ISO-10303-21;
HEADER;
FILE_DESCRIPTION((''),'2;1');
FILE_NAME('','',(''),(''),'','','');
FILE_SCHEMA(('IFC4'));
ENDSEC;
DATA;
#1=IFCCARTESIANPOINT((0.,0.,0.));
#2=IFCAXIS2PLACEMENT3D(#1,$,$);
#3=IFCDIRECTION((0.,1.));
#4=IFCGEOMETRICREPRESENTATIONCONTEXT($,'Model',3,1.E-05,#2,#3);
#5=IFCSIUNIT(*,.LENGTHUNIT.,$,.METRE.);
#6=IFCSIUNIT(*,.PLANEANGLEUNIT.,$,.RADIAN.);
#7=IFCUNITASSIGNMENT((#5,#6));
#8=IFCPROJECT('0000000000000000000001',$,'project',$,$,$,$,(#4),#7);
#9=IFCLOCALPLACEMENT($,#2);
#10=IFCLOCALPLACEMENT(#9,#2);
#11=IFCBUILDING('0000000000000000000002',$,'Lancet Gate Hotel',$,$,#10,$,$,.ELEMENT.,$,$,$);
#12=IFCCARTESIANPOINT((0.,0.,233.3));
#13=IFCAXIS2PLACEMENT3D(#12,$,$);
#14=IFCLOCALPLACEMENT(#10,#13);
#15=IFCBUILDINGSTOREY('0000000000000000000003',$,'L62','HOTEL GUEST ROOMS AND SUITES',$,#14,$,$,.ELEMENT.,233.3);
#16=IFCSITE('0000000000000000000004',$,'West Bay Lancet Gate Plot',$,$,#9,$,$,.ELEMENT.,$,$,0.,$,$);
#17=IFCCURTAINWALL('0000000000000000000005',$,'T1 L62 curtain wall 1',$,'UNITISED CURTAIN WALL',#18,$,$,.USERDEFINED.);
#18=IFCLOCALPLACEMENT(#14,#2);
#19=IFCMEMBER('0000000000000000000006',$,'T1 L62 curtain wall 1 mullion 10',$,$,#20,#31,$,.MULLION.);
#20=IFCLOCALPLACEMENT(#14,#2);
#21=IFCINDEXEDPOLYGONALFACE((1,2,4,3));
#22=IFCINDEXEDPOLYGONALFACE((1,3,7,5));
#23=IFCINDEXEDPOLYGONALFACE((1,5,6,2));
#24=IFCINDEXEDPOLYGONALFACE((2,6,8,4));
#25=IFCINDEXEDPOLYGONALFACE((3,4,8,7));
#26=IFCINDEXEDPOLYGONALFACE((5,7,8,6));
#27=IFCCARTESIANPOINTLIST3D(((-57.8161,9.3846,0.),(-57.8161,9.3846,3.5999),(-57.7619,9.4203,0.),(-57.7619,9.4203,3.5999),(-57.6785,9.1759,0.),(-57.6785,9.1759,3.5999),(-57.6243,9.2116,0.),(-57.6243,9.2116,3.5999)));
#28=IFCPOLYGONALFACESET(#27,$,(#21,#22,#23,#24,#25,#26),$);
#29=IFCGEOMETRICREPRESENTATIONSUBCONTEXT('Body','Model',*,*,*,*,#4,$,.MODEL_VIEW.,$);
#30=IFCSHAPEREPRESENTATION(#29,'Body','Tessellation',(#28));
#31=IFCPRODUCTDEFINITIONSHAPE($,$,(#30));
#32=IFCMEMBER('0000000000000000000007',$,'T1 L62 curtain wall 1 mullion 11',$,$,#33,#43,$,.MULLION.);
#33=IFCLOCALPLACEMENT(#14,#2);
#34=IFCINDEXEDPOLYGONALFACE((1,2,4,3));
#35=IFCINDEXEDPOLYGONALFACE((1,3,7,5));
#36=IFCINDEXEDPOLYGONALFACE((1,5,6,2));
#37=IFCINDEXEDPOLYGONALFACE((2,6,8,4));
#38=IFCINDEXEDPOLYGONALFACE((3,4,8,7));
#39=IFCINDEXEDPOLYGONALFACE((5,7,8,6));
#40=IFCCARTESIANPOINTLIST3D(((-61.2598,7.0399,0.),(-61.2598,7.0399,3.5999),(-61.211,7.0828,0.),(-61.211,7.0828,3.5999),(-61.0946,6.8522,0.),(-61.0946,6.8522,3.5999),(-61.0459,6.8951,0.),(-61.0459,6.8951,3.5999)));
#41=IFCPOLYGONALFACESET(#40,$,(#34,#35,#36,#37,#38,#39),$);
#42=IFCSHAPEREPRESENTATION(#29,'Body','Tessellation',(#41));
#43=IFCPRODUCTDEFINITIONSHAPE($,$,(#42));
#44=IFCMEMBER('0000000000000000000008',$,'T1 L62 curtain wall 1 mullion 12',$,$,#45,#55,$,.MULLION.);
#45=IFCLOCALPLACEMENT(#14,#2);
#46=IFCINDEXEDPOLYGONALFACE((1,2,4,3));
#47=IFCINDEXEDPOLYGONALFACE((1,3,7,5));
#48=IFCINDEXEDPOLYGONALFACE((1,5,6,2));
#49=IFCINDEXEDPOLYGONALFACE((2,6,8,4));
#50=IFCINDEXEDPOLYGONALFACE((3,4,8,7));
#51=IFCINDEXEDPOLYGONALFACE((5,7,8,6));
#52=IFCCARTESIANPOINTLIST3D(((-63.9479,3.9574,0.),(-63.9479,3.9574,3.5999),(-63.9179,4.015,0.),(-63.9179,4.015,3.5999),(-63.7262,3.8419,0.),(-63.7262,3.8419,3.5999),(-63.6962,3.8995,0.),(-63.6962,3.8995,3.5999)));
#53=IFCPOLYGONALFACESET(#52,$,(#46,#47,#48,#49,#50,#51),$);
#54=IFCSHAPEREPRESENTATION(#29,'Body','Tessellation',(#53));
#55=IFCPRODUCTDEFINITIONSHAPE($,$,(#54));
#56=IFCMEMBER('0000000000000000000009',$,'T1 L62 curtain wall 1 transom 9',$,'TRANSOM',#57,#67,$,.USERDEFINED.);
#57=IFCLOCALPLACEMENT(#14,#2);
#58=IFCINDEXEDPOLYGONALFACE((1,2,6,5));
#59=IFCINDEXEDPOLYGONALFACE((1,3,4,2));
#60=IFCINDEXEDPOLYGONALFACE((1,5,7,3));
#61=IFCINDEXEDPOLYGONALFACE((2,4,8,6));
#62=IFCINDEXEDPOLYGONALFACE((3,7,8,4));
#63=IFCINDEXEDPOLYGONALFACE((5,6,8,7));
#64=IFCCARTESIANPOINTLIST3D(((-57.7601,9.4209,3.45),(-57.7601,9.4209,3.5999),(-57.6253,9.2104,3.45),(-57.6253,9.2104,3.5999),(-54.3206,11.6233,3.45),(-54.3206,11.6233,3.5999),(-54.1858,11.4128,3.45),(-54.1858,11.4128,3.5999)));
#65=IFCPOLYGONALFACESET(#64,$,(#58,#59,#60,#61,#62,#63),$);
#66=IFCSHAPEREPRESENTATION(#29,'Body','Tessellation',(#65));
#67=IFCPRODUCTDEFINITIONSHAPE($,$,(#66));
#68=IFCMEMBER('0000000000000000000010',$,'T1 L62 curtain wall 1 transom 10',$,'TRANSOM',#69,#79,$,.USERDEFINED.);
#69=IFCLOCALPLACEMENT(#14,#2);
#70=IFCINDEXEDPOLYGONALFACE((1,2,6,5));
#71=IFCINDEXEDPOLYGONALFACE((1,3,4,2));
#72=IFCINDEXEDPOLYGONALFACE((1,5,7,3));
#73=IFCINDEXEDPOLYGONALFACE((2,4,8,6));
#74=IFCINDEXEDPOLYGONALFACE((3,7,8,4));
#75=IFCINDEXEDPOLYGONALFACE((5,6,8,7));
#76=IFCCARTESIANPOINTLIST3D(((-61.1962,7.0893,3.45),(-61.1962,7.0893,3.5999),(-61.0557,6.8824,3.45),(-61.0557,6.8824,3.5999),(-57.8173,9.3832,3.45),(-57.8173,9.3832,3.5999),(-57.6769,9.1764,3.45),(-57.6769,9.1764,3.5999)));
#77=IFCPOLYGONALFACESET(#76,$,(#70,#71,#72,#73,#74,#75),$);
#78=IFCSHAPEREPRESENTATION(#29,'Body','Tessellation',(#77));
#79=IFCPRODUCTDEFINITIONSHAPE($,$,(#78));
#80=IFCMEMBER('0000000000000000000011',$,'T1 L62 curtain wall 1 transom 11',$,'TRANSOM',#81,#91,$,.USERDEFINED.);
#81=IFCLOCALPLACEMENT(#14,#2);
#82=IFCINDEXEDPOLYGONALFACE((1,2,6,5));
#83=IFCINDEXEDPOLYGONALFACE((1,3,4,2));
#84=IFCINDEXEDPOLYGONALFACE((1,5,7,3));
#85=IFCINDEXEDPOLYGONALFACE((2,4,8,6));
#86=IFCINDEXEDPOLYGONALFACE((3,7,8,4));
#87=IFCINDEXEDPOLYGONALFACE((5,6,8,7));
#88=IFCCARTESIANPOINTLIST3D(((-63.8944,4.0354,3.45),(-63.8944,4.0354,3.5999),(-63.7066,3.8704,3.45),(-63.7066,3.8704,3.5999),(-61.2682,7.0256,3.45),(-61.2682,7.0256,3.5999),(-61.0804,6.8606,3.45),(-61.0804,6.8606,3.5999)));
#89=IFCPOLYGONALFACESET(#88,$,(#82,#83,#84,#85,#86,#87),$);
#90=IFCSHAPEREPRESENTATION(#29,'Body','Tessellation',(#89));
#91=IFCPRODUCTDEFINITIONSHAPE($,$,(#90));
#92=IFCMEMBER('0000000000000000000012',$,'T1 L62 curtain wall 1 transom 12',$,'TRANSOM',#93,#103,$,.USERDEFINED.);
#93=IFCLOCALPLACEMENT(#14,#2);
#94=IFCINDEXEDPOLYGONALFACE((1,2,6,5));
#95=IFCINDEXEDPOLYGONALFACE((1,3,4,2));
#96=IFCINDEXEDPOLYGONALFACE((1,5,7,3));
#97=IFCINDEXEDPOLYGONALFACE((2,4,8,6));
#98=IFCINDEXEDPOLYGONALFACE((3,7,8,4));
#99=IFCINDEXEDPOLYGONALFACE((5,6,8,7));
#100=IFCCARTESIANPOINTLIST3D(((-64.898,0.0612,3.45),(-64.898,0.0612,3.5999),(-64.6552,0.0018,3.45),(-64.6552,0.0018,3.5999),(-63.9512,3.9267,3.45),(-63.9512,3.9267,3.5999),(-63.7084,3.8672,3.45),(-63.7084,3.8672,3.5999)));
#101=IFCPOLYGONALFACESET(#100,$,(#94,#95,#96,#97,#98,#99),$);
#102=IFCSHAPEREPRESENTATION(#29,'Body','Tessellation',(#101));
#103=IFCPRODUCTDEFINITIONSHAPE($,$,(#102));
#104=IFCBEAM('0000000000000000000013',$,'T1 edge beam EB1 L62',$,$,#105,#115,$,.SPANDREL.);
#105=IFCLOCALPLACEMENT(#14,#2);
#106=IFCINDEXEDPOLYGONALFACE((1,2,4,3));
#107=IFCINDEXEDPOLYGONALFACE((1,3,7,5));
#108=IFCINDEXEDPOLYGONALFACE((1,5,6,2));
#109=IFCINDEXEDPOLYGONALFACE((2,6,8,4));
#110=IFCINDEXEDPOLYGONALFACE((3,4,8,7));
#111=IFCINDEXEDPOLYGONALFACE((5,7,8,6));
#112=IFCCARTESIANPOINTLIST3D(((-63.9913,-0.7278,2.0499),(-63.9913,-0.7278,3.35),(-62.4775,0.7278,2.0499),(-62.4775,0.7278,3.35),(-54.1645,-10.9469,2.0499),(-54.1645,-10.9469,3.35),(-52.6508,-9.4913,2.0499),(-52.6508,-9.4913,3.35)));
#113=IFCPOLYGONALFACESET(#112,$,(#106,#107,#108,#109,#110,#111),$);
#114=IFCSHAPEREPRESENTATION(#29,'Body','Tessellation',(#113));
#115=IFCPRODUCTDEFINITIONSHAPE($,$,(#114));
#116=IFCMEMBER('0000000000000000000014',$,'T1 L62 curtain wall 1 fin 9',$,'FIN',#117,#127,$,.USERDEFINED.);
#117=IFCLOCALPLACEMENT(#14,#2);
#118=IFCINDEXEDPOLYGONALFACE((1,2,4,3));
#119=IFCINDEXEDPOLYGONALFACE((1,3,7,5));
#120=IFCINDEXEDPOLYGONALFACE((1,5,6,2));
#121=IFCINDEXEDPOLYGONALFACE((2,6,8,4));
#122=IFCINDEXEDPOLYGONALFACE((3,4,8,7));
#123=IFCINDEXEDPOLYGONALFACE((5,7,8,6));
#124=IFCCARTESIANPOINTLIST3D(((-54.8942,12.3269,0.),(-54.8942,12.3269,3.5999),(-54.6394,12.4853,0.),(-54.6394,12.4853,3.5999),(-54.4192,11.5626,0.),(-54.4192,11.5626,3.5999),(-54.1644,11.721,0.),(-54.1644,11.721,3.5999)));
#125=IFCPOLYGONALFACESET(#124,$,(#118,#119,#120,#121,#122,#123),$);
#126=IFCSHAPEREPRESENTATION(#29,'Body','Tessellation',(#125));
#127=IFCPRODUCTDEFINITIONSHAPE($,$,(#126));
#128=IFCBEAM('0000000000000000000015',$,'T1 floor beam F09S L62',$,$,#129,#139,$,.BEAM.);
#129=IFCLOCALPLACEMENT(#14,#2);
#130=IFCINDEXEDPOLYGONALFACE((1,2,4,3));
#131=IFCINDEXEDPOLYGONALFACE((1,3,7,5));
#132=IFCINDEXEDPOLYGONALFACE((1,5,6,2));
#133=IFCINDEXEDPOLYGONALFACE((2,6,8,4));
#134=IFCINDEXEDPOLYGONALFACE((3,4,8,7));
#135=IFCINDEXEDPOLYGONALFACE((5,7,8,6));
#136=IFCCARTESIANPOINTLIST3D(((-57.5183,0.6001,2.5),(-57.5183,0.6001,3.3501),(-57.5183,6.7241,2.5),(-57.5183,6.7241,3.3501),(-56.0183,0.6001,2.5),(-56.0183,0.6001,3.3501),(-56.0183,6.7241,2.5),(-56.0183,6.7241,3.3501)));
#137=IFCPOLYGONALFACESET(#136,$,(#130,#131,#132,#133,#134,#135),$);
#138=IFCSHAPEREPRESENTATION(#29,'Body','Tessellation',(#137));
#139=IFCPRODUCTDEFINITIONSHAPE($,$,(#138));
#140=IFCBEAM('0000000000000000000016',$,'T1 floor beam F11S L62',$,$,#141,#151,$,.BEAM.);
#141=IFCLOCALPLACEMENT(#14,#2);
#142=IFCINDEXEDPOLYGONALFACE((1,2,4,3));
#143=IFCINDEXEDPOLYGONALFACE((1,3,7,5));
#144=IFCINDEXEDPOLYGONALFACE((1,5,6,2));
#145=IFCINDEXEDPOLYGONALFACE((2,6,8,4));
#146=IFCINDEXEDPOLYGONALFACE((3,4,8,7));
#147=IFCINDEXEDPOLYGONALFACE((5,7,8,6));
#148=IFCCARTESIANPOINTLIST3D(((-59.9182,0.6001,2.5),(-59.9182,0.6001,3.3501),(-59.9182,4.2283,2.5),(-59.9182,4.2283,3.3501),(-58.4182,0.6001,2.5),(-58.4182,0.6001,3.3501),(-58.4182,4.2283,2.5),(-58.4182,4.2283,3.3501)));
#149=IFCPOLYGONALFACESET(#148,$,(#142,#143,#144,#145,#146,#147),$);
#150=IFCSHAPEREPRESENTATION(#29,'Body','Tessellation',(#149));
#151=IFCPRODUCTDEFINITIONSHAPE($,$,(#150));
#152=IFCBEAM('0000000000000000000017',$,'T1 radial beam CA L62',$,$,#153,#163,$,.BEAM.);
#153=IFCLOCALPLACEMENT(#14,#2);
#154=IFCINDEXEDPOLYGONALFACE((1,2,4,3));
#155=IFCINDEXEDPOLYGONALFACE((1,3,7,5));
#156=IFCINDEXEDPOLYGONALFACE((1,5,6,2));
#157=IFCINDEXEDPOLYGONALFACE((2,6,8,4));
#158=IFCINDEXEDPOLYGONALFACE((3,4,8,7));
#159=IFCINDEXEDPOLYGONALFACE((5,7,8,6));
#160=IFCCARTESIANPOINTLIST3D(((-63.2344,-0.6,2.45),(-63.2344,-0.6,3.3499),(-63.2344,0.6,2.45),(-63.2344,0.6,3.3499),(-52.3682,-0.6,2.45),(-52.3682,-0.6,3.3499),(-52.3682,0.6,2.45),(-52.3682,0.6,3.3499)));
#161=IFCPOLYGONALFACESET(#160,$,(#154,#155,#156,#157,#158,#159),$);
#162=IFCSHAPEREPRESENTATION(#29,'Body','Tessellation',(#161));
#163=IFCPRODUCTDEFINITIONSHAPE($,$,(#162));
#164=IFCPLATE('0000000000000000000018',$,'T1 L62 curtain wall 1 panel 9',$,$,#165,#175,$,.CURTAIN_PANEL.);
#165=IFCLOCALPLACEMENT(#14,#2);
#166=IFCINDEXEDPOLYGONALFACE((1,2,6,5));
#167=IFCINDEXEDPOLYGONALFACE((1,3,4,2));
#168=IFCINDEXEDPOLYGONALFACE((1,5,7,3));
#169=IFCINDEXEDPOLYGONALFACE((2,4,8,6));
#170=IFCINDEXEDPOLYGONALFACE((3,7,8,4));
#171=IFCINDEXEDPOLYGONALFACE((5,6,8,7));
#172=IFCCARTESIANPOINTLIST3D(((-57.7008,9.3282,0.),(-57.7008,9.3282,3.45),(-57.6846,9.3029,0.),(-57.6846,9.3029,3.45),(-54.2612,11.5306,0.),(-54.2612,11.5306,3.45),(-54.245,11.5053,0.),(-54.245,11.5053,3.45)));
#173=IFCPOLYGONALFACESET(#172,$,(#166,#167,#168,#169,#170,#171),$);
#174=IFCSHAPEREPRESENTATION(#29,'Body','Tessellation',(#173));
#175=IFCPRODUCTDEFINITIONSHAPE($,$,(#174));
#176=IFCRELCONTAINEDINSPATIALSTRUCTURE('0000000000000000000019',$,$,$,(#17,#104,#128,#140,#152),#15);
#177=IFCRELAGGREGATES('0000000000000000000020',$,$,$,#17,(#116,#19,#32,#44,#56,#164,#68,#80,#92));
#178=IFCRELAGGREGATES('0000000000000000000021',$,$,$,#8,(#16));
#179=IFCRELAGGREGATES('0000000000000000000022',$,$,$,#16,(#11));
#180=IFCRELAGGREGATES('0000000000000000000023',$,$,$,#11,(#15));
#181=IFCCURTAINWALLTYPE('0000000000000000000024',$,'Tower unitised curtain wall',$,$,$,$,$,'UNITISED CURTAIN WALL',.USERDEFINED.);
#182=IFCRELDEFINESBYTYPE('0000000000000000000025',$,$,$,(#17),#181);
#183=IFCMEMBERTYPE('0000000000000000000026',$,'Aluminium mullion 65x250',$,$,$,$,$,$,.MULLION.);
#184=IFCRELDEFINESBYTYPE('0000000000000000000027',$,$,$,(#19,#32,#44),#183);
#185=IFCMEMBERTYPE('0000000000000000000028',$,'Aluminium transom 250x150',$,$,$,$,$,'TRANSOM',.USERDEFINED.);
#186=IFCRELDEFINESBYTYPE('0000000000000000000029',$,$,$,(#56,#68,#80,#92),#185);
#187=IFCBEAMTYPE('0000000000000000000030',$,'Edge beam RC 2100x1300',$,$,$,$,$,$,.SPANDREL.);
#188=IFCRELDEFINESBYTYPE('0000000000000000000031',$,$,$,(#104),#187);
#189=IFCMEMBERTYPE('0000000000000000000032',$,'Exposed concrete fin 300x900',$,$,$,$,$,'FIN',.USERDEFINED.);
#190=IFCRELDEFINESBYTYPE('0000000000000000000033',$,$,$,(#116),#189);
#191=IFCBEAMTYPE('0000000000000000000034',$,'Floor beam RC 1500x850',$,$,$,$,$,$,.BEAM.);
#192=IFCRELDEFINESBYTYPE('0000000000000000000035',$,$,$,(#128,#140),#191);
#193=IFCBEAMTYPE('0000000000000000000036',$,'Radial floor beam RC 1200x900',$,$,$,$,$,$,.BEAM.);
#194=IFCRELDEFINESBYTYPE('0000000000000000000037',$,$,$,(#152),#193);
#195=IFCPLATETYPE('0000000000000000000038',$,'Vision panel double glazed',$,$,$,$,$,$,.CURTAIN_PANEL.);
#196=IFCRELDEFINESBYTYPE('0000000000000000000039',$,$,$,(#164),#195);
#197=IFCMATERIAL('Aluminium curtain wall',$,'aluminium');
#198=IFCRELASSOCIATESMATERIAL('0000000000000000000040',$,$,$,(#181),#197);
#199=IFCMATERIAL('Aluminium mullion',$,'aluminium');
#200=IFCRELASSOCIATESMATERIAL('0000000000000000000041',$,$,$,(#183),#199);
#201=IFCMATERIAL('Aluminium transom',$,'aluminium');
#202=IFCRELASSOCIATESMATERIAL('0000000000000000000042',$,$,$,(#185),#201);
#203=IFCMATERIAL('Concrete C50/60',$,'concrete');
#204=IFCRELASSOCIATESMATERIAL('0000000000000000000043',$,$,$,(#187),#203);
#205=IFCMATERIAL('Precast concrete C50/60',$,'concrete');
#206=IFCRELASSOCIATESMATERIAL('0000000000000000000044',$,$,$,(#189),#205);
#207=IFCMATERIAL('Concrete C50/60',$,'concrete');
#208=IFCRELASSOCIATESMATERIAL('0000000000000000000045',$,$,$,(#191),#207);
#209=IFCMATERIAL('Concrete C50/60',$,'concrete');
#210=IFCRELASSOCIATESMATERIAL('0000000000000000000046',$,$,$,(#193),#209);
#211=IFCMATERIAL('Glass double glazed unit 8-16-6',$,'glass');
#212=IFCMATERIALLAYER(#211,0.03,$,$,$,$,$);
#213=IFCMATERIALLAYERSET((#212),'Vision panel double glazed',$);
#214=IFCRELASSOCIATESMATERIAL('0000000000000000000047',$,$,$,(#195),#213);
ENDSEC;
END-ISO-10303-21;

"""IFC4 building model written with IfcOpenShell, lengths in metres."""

from ifc_helpers import new_model, si_unit, direction, frame, origin, origin_2d, place, context, subcontext, project, spatial, rectangle, extrude, material, layer, layer_set, material_profile, profile_set, type_object, element, aggregate, save


model = new_model("IFC4")

# Units and contexts
model_context = context("Model", 3, precision=1e-05, world=origin(), true_north=direction((0.0, 1.0)))
body_context = subcontext(model_context, "Body", "Model", "MODEL_VIEW")
ifc_project = project(units=[si_unit("LENGTHUNIT", "METRE"), si_unit("PLANEANGLEUNIT", "RADIAN")], contexts=[model_context])

# Site, building, storey
site_placement = place(None, origin())
site = spatial("IfcSite", under=ifc_project, at=site_placement, Name="West Bay Lancet Gate Plot", CompositionType="ELEMENT", RefElevation=0.0)
building_placement = place(site_placement, origin())
building = spatial("IfcBuilding", under=site, at=building_placement, Name="Lancet Gate Hotel", CompositionType="ELEMENT")
storey_placement = place(building_placement, frame((0.0, 0.0, 233.3)))
storey = spatial("IfcBuildingStorey", under=building, at=storey_placement, Name="L62", Description="HOTEL GUEST ROOMS AND SUITES", CompositionType="ELEMENT", Elevation=233.3)

# Curtain wall, members
ifc_material_1 = material(Name="Aluminium curtain wall", Category="aluminium")
curtain_wall_type = type_object("IfcCurtainWallType", Name="Tower unitised curtain wall", ElementType="UNITISED CURTAIN WALL", PredefinedType="USERDEFINED", material=ifc_material_1)
curtain_wall_placement = place(storey_placement, origin())
curtain_wall = element("IfcCurtainWall", 1, at=curtain_wall_placement, inside=storey, type_object=curtain_wall_type, Name="T1 L62 curtain wall 1", ObjectType="UNITISED CURTAIN WALL", PredefinedType="USERDEFINED")
ifc_material_2 = material(Name="Aluminium mullion", Category="aluminium")
ifc_material_profile_1 = material_profile(ifc_material_2, rectangle(XDim=0.0649, YDim=0.25, at=origin_2d()), Name="MULLION 65x250")
ifc_profile_set_1 = profile_set([ifc_material_profile_1], Name="Aluminium mullion")
member_type_1 = type_object("IfcMemberType", Name="Aluminium mullion 65x250", PredefinedType="MULLION", material=ifc_profile_set_1)
member_1_placement = place(storey_placement, frame((-57.7202, 9.2981, 0.0), z_axis=(0.0, 0.0, 1.0), x_axis=(-0.834827, -0.550512, 0.0)))
member_1 = element("IfcMember", 2, at=member_1_placement, type_object=member_type_1, Name="T1 L62 curtain wall 1 mullion 10", PredefinedType="MULLION", context=body_context, shape_type="SweptSolid", body=[
    extrude(rectangle(XDim=0.0649, YDim=0.25, at=origin_2d()), origin(), (0.0, 0.0, 1.0), 3.5999),
])
member_2_placement = place(storey_placement, frame((-61.1528, 6.9675, 0.0), z_axis=(0.0, 0.0, 1.0), x_axis=(-0.750716, -0.660626, 0.0)))
member_2 = element("IfcMember", 3, at=member_2_placement, type_object=member_type_1, Name="T1 L62 curtain wall 1 mullion 11", PredefinedType="MULLION", context=body_context, shape_type="SweptSolid", body=[
    extrude(rectangle(XDim=0.0649, YDim=0.25, at=origin_2d()), origin(), (0.0, 0.0, 1.0), 3.5999),
])
member_3_placement = place(storey_placement, frame((-63.822, 3.9285, 0.0), z_axis=(0.0, 0.0, 1.0), x_axis=(-0.462178, -0.886787, 0.0)))
member_3 = element("IfcMember", 4, at=member_3_placement, type_object=member_type_1, Name="T1 L62 curtain wall 1 mullion 12", PredefinedType="MULLION", context=body_context, shape_type="SweptSolid", body=[
    extrude(rectangle(XDim=0.0649, YDim=0.25, at=origin_2d()), origin(), (0.0, 0.0, 1.0), 3.5999),
])
ifc_material_3 = material(Name="Aluminium transom", Category="aluminium")
ifc_material_profile_2 = material_profile(ifc_material_3, rectangle(XDim=0.25, YDim=0.1499, at=origin_2d()), Name="TRANSOM 250x150")
ifc_profile_set_2 = profile_set([ifc_material_profile_2], Name="Aluminium transom")
member_type_2 = type_object("IfcMemberType", Name="Aluminium transom 250x150", ElementType="TRANSOM", PredefinedType="USERDEFINED", material=ifc_profile_set_2)
member_4_placement = place(storey_placement, frame((-54.2532, 11.5181, 3.5249), z_axis=(-0.842144, -0.539252, 0.0), x_axis=(0.539252, -0.842144, 0.0)))
member_4 = element("IfcMember", 5, at=member_4_placement, type_object=member_type_2, Name="T1 L62 curtain wall 1 transom 9", ObjectType="TRANSOM", PredefinedType="USERDEFINED", context=body_context, shape_type="SweptSolid", body=[
    extrude(rectangle(XDim=0.25, YDim=0.1499, at=origin_2d()), origin(), (0.0, 0.0, 1.0), 4.0842),
])
member_5_placement = place(storey_placement, frame((-57.7471, 9.2798, 3.5249), z_axis=(-0.827349, -0.561689, 0.0), x_axis=(0.561689, -0.827349, 0.0)))
member_5 = element("IfcMember", 6, at=member_5_placement, type_object=member_type_2, Name="T1 L62 curtain wall 1 transom 10", ObjectType="TRANSOM", PredefinedType="USERDEFINED", context=body_context, shape_type="SweptSolid", body=[
    extrude(rectangle(XDim=0.25, YDim=0.1499, at=origin_2d()), origin(), (0.0, 0.0, 1.0), 4.084),
])
member_6_placement = place(storey_placement, frame((-61.1743, 6.9431, 3.5249), z_axis=(-0.659893, -0.751359, 0.0), x_axis=(0.751359, -0.659893, 0.0)))
member_6 = element("IfcMember", 7, at=member_6_placement, type_object=member_type_2, Name="T1 L62 curtain wall 1 transom 11", ObjectType="TRANSOM", PredefinedType="USERDEFINED", context=body_context, shape_type="SweptSolid", body=[
    extrude(rectangle(XDim=0.25, YDim=0.1499, at=origin_2d()), origin(), (0.0, 0.0, 1.0), 3.9797),
])
member_7_placement = place(storey_placement, frame((-63.8298, 3.897, 3.5249), z_axis=(-0.237899, -0.97129, 0.0), x_axis=(0.97129, -0.237899, 0.0)))
member_7 = element("IfcMember", 8, at=member_7_placement, type_object=member_type_2, Name="T1 L62 curtain wall 1 transom 12", ObjectType="TRANSOM", PredefinedType="USERDEFINED", context=body_context, shape_type="SweptSolid", body=[
    extrude(rectangle(XDim=0.25, YDim=0.1499, at=origin_2d()), origin(), (0.0, 0.0, 1.0), 3.9797),
])

# Beam
ifc_material_4 = material(Name="Concrete C50/60", Category="concrete")
ifc_material_profile_3 = material_profile(ifc_material_4, rectangle(XDim=2.1001, YDim=1.3, at=origin_2d()), Name="RC 2100x1300")
ifc_profile_set_3 = profile_set([ifc_material_profile_3], Name="Concrete C50/60")
beam_type_1 = type_object("IfcBeamType", Name="Edge beam RC 2100x1300", PredefinedType="SPANDREL", material=ifc_profile_set_3)
beam_1_placement = place(storey_placement, frame((-63.2344, 0.0, 2.7), z_axis=(0.693135, -0.720808, 0.0), x_axis=(0.720808, 0.693135, 0.0)))
element("IfcBeam", 9, at=beam_1_placement, inside=storey, type_object=beam_type_1, Name="T1 edge beam EB1 L62", PredefinedType="SPANDREL", context=body_context, shape_type="SweptSolid", body=[
    extrude(rectangle(XDim=2.1001, YDim=1.3, at=origin_2d()), origin(), (0.0, 0.0, 1.0), 14.1772),
])

# Member
ifc_material_5 = material(Name="Precast concrete C50/60", Category="concrete")
ifc_material_profile_4 = material_profile(ifc_material_5, rectangle(XDim=0.3, YDim=0.8999, at=origin_2d()), Name="FIN 300x900")
ifc_profile_set_4 = profile_set([ifc_material_profile_4], Name="Precast concrete C50/60")
member_type_3 = type_object("IfcMemberType", Name="Exposed concrete fin 300x900", ElementType="FIN", PredefinedType="USERDEFINED", material=ifc_profile_set_4)
member_8_placement = place(storey_placement, frame((-54.5293, 12.0239, 0.0), z_axis=(0.0, 0.0, 1.0), x_axis=(-0.849342, -0.527842, 0.0)))
member_8 = element("IfcMember", 10, at=member_8_placement, type_object=member_type_3, Name="T1 L62 curtain wall 1 fin 9", ObjectType="FIN", PredefinedType="USERDEFINED", context=body_context, shape_type="SweptSolid", body=[
    extrude(rectangle(XDim=0.3, YDim=0.8999, at=origin_2d()), origin(), (0.0, 0.0, 1.0), 3.5999),
])

# Beams
ifc_material_6 = material(Name="Concrete C50/60", Category="concrete")
ifc_material_profile_5 = material_profile(ifc_material_6, rectangle(XDim=1.5, YDim=0.8501, at=origin_2d()), Name="RC 1500x850")
ifc_profile_set_5 = profile_set([ifc_material_profile_5], Name="Concrete C50/60")
beam_type_2 = type_object("IfcBeamType", Name="Floor beam RC 1500x850", PredefinedType="BEAM", material=ifc_profile_set_5)
beam_2_placement = place(storey_placement, frame((-56.7683, 6.7241, 2.925), z_axis=(0.0, -1.0, 0.0), x_axis=(1.0, 0.0, 0.0)))
element("IfcBeam", 11, at=beam_2_placement, inside=storey, type_object=beam_type_2, Name="T1 floor beam F09S L62", PredefinedType="BEAM", context=body_context, shape_type="SweptSolid", body=[
    extrude(rectangle(XDim=1.5, YDim=0.8501, at=origin_2d()), origin(), (0.0, 0.0, 1.0), 6.124),
])
beam_3_placement = place(storey_placement, frame((-59.1682, 4.2283, 2.925), z_axis=(0.0, -1.0, 0.0), x_axis=(1.0, 0.0, 0.0)))
element("IfcBeam", 12, at=beam_3_placement, inside=storey, type_object=beam_type_2, Name="T1 floor beam F11S L62", PredefinedType="BEAM", context=body_context, shape_type="SweptSolid", body=[
    extrude(rectangle(XDim=1.5, YDim=0.8501, at=origin_2d()), origin(), (0.0, 0.0, 1.0), 3.6282),
])
ifc_material_7 = material(Name="Concrete C50/60", Category="concrete")
ifc_material_profile_6 = material_profile(ifc_material_7, rectangle(XDim=1.2, YDim=0.8999, at=origin_2d()), Name="RC 1200x900")
ifc_profile_set_6 = profile_set([ifc_material_profile_6], Name="Concrete C50/60")
beam_type_3 = type_object("IfcBeamType", Name="Radial floor beam RC 1200x900", PredefinedType="BEAM", material=ifc_profile_set_6)
beam_4_placement = place(storey_placement, frame((-63.2344, 0.0, 2.8999), z_axis=(1.0, 0.0, 0.0), x_axis=(0.0, 1.0, 0.0)))
element("IfcBeam", 13, at=beam_4_placement, inside=storey, type_object=beam_type_3, Name="T1 radial beam CA L62", PredefinedType="BEAM", context=body_context, shape_type="SweptSolid", body=[
    extrude(rectangle(XDim=1.2, YDim=0.8999, at=origin_2d()), origin(), (0.0, 0.0, 1.0), 10.8662),
])

# Plate
ifc_material_8 = material(Name="Glass double glazed unit 8-16-6", Category="glass")
ifc_layer_1 = layer(ifc_material_8, 0.03)
ifc_layer_set_1 = layer_set([ifc_layer_1], Name="Vision panel double glazed")
plate_type = type_object("IfcPlateType", Name="Vision panel double glazed", PredefinedType="CURTAIN_PANEL", material=ifc_layer_set_1)
plate_1_placement = place(storey_placement, frame((-55.9729, 10.4167, 0.0), z_axis=(0.0, 0.0, 1.0), x_axis=(-0.842161, -0.539226, 0.0)))
plate_1 = element("IfcPlate", 14, at=plate_1_placement, type_object=plate_type, Name="T1 L62 curtain wall 1 panel 9", PredefinedType="CURTAIN_PANEL", context=body_context, shape_type="SweptSolid", body=[
    extrude(rectangle(XDim=4.0842, YDim=0.03, at=origin_2d()), origin(), (0.0, 0.0, 1.0), 3.45),
])
aggregate(curtain_wall, [member_8, member_1, member_2, member_3, member_4, plate_1, member_5, member_6, member_7])

save(model, "model.ifc")
